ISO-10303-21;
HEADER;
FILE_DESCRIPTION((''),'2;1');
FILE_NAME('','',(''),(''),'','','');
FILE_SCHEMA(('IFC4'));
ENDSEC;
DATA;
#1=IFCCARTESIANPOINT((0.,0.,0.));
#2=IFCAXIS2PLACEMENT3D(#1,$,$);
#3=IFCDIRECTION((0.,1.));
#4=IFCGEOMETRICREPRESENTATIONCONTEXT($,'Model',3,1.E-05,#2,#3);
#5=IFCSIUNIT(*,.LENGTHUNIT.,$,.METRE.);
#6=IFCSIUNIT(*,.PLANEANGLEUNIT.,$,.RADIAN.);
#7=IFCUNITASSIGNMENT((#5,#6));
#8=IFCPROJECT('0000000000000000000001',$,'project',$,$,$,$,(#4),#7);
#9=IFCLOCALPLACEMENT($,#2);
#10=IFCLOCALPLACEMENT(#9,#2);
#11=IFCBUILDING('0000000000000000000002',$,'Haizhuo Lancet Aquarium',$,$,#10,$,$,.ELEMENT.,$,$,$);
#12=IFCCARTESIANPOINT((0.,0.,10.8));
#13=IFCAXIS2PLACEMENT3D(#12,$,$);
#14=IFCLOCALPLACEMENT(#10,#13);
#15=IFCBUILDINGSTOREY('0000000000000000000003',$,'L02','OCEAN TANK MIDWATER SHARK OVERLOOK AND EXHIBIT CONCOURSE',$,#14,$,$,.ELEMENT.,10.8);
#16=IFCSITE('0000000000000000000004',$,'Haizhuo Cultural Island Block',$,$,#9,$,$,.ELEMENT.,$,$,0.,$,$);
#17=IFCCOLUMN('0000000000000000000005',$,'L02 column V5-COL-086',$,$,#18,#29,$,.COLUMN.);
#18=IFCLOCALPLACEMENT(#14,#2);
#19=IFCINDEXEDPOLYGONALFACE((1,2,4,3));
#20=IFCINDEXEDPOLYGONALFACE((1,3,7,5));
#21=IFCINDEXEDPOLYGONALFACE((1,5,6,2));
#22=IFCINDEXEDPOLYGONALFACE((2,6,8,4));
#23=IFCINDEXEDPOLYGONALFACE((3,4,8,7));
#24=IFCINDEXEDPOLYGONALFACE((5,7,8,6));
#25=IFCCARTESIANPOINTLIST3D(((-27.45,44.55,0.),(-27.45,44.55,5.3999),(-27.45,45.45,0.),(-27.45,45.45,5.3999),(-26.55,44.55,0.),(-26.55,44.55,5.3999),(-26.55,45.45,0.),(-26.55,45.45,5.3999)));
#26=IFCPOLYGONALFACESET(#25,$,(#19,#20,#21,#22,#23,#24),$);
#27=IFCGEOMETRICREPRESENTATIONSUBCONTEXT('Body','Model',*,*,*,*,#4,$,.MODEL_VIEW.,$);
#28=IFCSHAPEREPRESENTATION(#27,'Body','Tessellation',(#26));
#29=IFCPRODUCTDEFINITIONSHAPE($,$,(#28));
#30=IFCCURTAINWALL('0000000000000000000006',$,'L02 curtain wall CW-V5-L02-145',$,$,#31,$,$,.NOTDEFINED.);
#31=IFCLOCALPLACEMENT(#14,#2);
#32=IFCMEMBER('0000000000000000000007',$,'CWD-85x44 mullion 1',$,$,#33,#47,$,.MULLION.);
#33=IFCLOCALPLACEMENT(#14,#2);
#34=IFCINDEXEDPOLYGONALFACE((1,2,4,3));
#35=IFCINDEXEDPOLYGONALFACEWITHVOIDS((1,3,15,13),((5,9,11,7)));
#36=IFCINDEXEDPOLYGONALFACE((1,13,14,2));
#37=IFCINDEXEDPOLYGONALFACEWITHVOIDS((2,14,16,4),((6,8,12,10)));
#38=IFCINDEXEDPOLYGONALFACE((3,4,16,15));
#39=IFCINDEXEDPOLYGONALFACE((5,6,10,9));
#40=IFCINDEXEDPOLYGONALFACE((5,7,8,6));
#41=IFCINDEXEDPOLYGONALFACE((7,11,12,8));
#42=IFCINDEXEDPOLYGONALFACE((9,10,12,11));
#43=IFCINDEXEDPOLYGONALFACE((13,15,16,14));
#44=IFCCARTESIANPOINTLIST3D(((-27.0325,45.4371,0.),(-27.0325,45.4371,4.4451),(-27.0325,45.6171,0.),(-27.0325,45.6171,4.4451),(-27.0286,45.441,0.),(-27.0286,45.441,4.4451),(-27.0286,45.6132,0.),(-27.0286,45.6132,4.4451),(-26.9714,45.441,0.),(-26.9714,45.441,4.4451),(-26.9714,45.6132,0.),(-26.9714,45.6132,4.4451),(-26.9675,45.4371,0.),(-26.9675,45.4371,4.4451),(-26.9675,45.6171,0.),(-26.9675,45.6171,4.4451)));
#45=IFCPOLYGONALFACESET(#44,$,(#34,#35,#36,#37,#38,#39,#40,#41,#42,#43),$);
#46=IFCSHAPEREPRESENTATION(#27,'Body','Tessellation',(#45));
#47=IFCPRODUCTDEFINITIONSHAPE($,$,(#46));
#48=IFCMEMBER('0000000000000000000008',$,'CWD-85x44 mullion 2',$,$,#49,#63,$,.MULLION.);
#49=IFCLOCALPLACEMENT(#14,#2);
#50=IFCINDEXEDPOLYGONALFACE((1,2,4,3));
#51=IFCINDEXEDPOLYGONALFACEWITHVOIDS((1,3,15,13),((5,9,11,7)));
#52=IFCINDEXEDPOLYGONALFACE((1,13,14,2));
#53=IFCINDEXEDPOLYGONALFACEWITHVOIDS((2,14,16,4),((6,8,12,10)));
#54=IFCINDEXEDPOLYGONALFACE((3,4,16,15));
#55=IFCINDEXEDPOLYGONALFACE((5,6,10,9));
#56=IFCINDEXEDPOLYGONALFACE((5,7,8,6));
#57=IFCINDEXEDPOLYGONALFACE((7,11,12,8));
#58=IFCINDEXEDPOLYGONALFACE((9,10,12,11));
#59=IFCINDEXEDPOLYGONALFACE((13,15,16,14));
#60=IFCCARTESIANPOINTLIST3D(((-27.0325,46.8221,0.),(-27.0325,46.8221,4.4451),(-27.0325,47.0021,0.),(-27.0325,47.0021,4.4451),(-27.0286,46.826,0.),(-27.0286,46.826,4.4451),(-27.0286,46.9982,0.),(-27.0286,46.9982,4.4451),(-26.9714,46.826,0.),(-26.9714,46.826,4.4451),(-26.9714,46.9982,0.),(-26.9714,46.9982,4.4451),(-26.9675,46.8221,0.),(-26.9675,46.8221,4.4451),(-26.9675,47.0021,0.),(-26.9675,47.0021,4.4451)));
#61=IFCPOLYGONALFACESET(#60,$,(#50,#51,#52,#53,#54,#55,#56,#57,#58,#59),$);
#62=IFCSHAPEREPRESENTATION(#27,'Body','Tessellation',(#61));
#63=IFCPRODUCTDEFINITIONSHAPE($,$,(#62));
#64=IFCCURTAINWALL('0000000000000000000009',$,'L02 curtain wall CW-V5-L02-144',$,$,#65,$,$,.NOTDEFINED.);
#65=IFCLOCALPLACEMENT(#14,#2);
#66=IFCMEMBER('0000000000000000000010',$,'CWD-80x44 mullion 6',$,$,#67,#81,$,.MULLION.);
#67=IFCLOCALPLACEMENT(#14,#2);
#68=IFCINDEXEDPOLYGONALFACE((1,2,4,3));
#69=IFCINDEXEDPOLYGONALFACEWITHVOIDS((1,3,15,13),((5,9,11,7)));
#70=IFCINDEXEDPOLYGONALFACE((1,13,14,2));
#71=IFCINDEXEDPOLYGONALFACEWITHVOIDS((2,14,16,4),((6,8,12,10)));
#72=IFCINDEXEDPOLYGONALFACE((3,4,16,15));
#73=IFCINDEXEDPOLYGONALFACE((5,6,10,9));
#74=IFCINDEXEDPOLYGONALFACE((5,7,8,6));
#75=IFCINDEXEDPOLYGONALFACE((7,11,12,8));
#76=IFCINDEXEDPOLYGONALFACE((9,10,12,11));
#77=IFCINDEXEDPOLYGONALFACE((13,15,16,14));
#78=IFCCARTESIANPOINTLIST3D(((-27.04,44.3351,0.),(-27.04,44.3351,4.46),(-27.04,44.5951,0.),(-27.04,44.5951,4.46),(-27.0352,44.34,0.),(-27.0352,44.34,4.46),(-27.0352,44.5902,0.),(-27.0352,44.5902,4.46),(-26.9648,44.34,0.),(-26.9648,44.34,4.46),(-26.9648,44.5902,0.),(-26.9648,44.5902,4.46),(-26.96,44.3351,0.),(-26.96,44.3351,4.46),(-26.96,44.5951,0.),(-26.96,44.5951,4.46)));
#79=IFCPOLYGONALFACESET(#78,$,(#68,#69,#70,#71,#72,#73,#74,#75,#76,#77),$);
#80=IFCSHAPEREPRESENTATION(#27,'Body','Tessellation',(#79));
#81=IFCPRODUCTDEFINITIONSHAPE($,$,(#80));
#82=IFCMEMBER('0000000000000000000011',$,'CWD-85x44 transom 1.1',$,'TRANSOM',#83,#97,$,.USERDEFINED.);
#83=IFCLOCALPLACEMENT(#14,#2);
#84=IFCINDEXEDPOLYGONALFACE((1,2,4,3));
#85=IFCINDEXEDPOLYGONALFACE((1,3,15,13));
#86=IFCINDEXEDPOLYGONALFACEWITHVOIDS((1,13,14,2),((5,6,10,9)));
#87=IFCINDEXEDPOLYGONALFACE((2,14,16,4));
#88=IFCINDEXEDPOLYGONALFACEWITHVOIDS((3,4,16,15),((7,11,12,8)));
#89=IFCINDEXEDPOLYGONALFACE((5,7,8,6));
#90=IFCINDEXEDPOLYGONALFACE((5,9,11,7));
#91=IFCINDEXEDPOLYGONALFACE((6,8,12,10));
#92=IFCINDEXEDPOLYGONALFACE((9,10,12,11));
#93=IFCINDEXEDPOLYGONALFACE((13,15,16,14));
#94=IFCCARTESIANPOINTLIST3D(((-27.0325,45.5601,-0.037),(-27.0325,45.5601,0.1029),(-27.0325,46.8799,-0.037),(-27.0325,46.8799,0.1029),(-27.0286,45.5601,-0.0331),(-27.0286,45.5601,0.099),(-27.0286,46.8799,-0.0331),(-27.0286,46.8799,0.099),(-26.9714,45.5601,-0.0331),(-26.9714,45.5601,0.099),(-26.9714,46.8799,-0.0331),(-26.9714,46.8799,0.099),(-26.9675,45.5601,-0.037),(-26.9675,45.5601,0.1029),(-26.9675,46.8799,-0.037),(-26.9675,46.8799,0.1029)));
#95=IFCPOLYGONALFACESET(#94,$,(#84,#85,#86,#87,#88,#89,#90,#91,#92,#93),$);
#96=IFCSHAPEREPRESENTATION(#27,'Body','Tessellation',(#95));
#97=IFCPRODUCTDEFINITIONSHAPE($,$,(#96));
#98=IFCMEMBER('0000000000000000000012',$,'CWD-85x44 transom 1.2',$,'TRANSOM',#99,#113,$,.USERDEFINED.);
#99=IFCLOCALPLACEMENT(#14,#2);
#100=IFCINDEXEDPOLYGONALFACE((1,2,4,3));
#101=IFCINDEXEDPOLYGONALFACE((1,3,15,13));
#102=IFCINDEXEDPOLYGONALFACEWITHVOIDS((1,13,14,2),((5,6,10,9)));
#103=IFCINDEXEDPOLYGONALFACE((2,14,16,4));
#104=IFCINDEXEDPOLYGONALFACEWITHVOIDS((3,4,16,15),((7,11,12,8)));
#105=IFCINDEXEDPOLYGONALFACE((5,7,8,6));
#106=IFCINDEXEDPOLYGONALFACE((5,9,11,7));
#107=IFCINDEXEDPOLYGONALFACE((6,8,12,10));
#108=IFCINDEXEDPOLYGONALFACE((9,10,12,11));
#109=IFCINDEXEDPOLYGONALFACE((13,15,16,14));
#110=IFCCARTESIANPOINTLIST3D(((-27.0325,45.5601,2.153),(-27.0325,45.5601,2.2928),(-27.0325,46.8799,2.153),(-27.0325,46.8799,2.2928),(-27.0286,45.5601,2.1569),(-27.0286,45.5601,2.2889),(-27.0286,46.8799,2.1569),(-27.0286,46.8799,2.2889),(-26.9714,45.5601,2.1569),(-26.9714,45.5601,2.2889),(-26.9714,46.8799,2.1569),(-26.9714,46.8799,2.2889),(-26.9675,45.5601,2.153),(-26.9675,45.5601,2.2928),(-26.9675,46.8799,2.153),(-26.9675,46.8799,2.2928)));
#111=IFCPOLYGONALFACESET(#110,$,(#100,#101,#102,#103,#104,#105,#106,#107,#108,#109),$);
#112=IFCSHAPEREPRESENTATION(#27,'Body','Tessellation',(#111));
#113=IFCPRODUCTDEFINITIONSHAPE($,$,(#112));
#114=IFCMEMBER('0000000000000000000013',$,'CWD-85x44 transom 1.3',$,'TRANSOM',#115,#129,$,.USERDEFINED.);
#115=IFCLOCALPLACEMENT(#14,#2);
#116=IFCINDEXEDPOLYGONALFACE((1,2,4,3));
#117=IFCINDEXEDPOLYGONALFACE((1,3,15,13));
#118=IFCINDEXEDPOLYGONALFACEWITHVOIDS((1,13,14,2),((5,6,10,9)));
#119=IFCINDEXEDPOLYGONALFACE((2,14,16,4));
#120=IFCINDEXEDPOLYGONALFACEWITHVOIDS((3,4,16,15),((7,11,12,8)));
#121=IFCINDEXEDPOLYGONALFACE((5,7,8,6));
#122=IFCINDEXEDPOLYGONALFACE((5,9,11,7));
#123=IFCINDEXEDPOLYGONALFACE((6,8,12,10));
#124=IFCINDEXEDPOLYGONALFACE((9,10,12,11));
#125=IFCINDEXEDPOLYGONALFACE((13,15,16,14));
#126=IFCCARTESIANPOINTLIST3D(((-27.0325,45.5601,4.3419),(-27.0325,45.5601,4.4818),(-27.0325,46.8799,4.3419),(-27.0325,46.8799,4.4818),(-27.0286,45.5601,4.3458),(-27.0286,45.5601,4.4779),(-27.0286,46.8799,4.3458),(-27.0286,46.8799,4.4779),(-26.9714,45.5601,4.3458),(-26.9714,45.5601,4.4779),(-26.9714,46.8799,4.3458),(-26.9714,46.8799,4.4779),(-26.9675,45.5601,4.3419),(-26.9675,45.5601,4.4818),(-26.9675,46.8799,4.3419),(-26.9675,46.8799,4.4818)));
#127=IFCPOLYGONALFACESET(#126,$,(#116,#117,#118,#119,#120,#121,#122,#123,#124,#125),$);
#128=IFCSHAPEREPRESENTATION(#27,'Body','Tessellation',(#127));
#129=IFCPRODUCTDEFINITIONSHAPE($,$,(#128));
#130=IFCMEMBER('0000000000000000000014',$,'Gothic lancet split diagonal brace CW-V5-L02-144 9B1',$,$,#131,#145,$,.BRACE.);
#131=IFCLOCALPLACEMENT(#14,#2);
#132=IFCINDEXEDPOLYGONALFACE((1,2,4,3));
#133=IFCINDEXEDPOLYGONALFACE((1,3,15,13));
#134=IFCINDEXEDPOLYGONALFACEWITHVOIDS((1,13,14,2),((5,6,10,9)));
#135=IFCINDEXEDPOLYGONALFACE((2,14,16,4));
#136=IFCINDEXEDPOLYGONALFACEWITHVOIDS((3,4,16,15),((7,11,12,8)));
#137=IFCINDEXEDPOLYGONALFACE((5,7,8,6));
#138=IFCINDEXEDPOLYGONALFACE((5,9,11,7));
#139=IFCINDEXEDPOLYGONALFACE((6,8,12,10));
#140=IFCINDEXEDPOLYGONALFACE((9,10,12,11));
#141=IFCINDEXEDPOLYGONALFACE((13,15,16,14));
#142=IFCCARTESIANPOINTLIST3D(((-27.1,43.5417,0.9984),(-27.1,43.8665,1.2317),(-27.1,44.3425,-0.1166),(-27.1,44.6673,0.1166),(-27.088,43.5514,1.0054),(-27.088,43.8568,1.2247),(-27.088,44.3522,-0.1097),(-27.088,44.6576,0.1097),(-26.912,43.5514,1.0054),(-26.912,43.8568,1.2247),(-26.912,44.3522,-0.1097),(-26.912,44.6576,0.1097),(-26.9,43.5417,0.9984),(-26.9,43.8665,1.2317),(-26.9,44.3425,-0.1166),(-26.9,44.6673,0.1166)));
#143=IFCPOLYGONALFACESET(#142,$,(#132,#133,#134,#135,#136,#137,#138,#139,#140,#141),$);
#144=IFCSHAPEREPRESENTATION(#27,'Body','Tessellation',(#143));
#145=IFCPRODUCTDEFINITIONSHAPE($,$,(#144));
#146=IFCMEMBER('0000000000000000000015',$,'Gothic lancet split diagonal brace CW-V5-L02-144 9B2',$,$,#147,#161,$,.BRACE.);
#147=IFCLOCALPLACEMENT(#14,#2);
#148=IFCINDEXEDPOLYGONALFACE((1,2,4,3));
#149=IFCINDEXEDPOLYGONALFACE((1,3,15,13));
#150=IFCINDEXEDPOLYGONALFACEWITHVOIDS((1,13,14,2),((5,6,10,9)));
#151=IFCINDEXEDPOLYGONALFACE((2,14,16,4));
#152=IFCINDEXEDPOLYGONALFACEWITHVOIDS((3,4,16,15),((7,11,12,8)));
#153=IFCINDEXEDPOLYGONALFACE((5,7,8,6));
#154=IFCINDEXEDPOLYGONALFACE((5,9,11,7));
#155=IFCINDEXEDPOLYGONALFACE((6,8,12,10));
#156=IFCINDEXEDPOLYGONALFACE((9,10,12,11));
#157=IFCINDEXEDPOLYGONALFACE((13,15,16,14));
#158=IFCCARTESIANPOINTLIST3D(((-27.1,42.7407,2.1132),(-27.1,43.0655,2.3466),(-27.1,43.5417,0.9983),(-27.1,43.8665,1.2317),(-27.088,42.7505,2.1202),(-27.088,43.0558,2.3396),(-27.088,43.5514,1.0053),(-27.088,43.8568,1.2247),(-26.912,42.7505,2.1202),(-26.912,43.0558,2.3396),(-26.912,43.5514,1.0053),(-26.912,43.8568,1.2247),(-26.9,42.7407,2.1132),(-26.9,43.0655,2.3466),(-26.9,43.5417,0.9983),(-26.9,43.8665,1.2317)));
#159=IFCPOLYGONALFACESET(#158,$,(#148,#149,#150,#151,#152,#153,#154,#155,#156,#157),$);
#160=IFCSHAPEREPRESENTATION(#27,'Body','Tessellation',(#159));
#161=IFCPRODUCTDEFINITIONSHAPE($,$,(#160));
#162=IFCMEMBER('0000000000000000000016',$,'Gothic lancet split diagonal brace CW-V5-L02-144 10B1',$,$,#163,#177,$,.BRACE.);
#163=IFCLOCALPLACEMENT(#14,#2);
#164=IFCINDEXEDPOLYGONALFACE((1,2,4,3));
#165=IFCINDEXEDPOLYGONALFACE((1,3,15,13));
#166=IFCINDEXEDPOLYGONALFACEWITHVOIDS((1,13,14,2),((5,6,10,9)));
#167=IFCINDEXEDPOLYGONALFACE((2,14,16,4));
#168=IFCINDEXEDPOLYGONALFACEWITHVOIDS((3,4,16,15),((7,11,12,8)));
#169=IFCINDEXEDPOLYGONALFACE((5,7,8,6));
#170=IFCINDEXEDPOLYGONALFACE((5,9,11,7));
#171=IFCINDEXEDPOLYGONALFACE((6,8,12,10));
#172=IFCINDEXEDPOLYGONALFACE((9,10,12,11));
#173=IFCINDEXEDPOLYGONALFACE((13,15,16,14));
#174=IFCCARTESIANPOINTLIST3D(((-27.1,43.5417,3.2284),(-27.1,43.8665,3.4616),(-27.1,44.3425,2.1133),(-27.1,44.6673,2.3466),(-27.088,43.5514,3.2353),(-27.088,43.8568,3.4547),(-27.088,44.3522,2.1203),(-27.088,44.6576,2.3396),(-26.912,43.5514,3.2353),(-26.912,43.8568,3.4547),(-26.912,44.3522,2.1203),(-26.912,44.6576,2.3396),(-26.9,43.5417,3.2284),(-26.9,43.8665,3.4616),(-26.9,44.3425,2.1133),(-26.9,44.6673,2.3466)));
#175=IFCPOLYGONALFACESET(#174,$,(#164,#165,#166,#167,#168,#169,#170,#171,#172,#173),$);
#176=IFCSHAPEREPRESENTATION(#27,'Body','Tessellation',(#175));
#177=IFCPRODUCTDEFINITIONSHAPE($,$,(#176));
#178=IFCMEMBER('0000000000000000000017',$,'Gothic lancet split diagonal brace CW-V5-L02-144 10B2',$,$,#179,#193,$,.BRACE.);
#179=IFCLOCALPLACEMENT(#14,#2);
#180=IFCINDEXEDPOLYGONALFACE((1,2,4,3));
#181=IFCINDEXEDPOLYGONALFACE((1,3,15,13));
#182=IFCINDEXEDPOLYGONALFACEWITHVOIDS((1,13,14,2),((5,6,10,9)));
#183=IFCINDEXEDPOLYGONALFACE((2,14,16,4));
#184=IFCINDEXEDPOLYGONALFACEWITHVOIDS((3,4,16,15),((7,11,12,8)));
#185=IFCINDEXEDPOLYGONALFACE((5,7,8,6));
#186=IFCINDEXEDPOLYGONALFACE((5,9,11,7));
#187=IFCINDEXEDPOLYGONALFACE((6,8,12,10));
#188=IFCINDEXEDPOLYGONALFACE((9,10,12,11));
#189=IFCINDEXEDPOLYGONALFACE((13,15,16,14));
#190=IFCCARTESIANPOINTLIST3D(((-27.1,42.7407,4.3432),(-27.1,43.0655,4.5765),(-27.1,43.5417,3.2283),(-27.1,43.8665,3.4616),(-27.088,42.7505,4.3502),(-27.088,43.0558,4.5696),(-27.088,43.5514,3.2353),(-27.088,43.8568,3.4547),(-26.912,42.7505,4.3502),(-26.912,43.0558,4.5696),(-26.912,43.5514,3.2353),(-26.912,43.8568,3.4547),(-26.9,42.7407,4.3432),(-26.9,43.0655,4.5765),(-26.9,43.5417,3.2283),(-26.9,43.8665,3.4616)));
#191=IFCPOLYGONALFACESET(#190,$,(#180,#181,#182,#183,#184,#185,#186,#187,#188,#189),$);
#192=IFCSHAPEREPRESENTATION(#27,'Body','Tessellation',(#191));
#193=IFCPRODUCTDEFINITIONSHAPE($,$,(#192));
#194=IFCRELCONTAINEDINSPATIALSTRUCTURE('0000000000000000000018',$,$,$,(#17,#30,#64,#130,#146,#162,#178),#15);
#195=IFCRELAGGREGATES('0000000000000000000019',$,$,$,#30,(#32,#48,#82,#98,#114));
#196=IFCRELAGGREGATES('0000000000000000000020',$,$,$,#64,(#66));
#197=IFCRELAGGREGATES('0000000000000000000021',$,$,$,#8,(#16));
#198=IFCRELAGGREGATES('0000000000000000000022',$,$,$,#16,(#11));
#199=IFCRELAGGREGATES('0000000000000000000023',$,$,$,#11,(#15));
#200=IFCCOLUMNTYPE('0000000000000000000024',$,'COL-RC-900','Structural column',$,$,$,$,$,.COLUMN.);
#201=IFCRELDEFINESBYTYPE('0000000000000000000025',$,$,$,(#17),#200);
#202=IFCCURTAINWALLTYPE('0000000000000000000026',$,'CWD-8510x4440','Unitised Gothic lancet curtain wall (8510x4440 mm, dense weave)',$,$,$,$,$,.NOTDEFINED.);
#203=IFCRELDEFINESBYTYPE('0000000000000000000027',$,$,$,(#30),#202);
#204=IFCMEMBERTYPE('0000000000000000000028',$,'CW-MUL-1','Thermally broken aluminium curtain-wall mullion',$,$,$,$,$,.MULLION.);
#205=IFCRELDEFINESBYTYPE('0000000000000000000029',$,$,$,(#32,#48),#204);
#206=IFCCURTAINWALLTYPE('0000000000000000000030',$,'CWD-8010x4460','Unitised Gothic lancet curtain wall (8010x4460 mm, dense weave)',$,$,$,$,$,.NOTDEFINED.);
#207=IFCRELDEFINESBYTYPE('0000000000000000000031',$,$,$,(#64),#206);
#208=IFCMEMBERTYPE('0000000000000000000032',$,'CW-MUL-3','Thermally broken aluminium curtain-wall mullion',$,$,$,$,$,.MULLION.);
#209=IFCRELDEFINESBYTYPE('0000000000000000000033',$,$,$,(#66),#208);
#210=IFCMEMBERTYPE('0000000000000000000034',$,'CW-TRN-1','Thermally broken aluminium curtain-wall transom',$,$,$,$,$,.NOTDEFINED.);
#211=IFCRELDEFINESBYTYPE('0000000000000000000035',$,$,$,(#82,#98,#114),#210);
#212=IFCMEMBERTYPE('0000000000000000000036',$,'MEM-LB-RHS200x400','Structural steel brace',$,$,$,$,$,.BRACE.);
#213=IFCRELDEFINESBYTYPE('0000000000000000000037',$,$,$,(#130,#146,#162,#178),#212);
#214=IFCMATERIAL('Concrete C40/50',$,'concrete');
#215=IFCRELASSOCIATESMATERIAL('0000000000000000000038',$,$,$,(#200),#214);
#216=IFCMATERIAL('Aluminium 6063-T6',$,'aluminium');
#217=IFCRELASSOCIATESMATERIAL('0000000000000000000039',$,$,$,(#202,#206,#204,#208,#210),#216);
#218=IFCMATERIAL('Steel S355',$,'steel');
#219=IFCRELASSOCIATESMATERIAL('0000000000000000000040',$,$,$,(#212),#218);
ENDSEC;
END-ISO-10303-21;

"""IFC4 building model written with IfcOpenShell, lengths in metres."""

from ifc_helpers import new_model, si_unit, direction, frame, origin, origin_2d, place, context, subcontext, project, spatial, rectangle, hollow_rectangle, extrude, material, material_profile, profile_set, type_object, element, aggregate, save


model = new_model("IFC4")

# Units and contexts
model_context = context("Model", 3, precision=1e-05, world=origin(), true_north=direction((0.0, 1.0)))
body_context = subcontext(model_context, "Body", "Model", "MODEL_VIEW")
ifc_project = project(units=[si_unit("LENGTHUNIT", "METRE"), si_unit("PLANEANGLEUNIT", "RADIAN")], contexts=[model_context])

# Site, building, storey
site_placement = place(None, origin())
site = spatial("IfcSite", under=ifc_project, at=site_placement, Name="Haizhuo Cultural Island Block", CompositionType="ELEMENT", RefElevation=0.0)
building_placement = place(site_placement, origin())
building = spatial("IfcBuilding", under=site, at=building_placement, Name="Haizhuo Lancet Aquarium", CompositionType="ELEMENT")
storey_placement = place(building_placement, frame((0.0, 0.0, 10.8)))
storey = spatial("IfcBuildingStorey", under=building, at=storey_placement, Name="L02", Description="OCEAN TANK MIDWATER SHARK OVERLOOK AND EXHIBIT CONCOURSE", CompositionType="ELEMENT", Elevation=10.8)

# Column
ifc_material_1 = material(Name="Concrete C40/50", Category="concrete")
ifc_material_profile_1 = material_profile(ifc_material_1, rectangle(XDim=0.8999, YDim=0.8999, at=origin_2d()), Name="RC-COL 900x900")
ifc_profile_set_1 = profile_set([ifc_material_profile_1], Name="Concrete C40/50")
column_type = type_object("IfcColumnType", Name="COL-RC-900", Description="Structural column", PredefinedType="COLUMN", material=ifc_profile_set_1)
column_placement = place(storey_placement, frame((-27.0, 45.0, 0.0), z_axis=(0.0, 0.0, 1.0), x_axis=(1.0, 0.0, 0.0)))
element("IfcColumn", 1, at=column_placement, inside=storey, type_object=column_type, Name="L02 column V5-COL-086", PredefinedType="COLUMN", context=body_context, shape_type="SweptSolid", body=[
    extrude(rectangle(XDim=0.8999, YDim=0.8999, at=origin_2d()), origin(), (0.0, 0.0, 1.0), 5.3999),
])

# Curtain wall, members
ifc_material_2 = material(Name="Aluminium 6063-T6", Category="aluminium")
curtain_wall_type_1 = type_object("IfcCurtainWallType", Name="CWD-8510x4440", Description="Unitised Gothic lancet curtain wall (8510x4440 mm, dense weave)", PredefinedType="NOTDEFINED", material=ifc_material_2)
curtain_wall_1_placement = place(storey_placement, origin())
curtain_wall_1 = element("IfcCurtainWall", 2, at=curtain_wall_1_placement, inside=storey, type_object=curtain_wall_type_1, Name="L02 curtain wall CW-V5-L02-145", PredefinedType="NOTDEFINED")
ifc_material_profile_2 = material_profile(ifc_material_2, hollow_rectangle(XDim=0.0649, YDim=0.1799, WallThickness=0.0039, at=origin_2d()), Name="ALU-M 65x180x4")
ifc_profile_set_2 = profile_set([ifc_material_profile_2], Name="Aluminium 6063-T6")
member_type_1 = type_object("IfcMemberType", Name="CW-MUL-1", Description="Thermally broken aluminium curtain-wall mullion", PredefinedType="MULLION", material=ifc_profile_set_2)
member_1_placement = place(storey_placement, frame((-27.0, 45.5271, 0.0), z_axis=(0.0, 0.0, 1.0), x_axis=(-1.0, 0.0, 0.0)))
member_1 = element("IfcMember", 3, at=member_1_placement, type_object=member_type_1, Name="CWD-85x44 mullion 1", PredefinedType="MULLION", context=body_context, shape_type="SweptSolid", body=[
    extrude(hollow_rectangle(XDim=0.0649, YDim=0.1799, WallThickness=0.0039, at=origin_2d()), origin(), (0.0, 0.0, 1.0), 4.4451),
])
member_2_placement = place(storey_placement, frame((-27.0, 46.9121, 0.0), z_axis=(0.0, 0.0, 1.0), x_axis=(-1.0, 0.0, 0.0)))
member_2 = element("IfcMember", 4, at=member_2_placement, type_object=member_type_1, Name="CWD-85x44 mullion 2", PredefinedType="MULLION", context=body_context, shape_type="SweptSolid", body=[
    extrude(hollow_rectangle(XDim=0.0649, YDim=0.1799, WallThickness=0.0039, at=origin_2d()), origin(), (0.0, 0.0, 1.0), 4.4451),
])

# Curtain wall, member
curtain_wall_type_2 = type_object("IfcCurtainWallType", Name="CWD-8010x4460", Description="Unitised Gothic lancet curtain wall (8010x4460 mm, dense weave)", PredefinedType="NOTDEFINED", material=ifc_material_2)
curtain_wall_2_placement = place(storey_placement, origin())
curtain_wall_2 = element("IfcCurtainWall", 5, at=curtain_wall_2_placement, inside=storey, type_object=curtain_wall_type_2, Name="L02 curtain wall CW-V5-L02-144", PredefinedType="NOTDEFINED")
ifc_material_profile_3 = material_profile(ifc_material_2, hollow_rectangle(XDim=0.0801, YDim=0.26, WallThickness=0.0049, at=origin_2d()), Name="ALU-M 80x260x5")
ifc_profile_set_3 = profile_set([ifc_material_profile_3], Name="Aluminium 6063-T6")
member_type_2 = type_object("IfcMemberType", Name="CW-MUL-3", Description="Thermally broken aluminium curtain-wall mullion", PredefinedType="MULLION", material=ifc_profile_set_3)
member_3_placement = place(storey_placement, frame((-27.0, 44.4651, 0.0), z_axis=(0.0, 0.0, 1.0), x_axis=(-1.0, 0.0, 0.0)))
member_3 = element("IfcMember", 6, at=member_3_placement, type_object=member_type_2, Name="CWD-80x44 mullion 6", PredefinedType="MULLION", context=body_context, shape_type="SweptSolid", body=[
    extrude(hollow_rectangle(XDim=0.0801, YDim=0.26, WallThickness=0.0049, at=origin_2d()), origin(), (0.0, 0.0, 1.0), 4.46),
])

# Members
ifc_material_profile_4 = material_profile(ifc_material_2, hollow_rectangle(XDim=0.0649, YDim=0.1399, WallThickness=0.0039, at=origin_2d()), Name="ALU-T 65x140x4")
ifc_profile_set_4 = profile_set([ifc_material_profile_4], Name="Aluminium 6063-T6")
member_type_3 = type_object("IfcMemberType", Name="CW-TRN-1", Description="Thermally broken aluminium curtain-wall transom", PredefinedType="NOTDEFINED", material=ifc_profile_set_4)
member_4_placement = place(storey_placement, frame((-27.0, 45.5601, 0.033), z_axis=(0.0, 1.0, 0.0), x_axis=(-1.0, 0.0, 0.0)))
member_4 = element("IfcMember", 7, at=member_4_placement, type_object=member_type_3, Name="CWD-85x44 transom 1.1", ObjectType="TRANSOM", PredefinedType="USERDEFINED", context=body_context, shape_type="SweptSolid", body=[
    extrude(hollow_rectangle(XDim=0.0649, YDim=0.1399, WallThickness=0.0039, at=origin_2d()), origin(), (0.0, 0.0, 1.0), 1.3198),
])
member_5_placement = place(storey_placement, frame((-27.0, 45.5601, 2.2229), z_axis=(0.0, 1.0, 0.0), x_axis=(-1.0, 0.0, 0.0)))
member_5 = element("IfcMember", 8, at=member_5_placement, type_object=member_type_3, Name="CWD-85x44 transom 1.2", ObjectType="TRANSOM", PredefinedType="USERDEFINED", context=body_context, shape_type="SweptSolid", body=[
    extrude(hollow_rectangle(XDim=0.0649, YDim=0.1399, WallThickness=0.0039, at=origin_2d()), origin(), (0.0, 0.0, 1.0), 1.3198),
])
member_6_placement = place(storey_placement, frame((-27.0, 45.5601, 4.4119), z_axis=(0.0, 1.0, 0.0), x_axis=(-1.0, 0.0, 0.0)))
member_6 = element("IfcMember", 9, at=member_6_placement, type_object=member_type_3, Name="CWD-85x44 transom 1.3", ObjectType="TRANSOM", PredefinedType="USERDEFINED", context=body_context, shape_type="SweptSolid", body=[
    extrude(hollow_rectangle(XDim=0.0649, YDim=0.1399, WallThickness=0.0039, at=origin_2d()), origin(), (0.0, 0.0, 1.0), 1.3198),
])

# Members
ifc_material_3 = material(Name="Steel S355", Category="steel")
ifc_material_profile_5 = material_profile(ifc_material_3, hollow_rectangle(XDim=0.2, YDim=0.3999, WallThickness=0.012, at=origin_2d()), Name="RHS 200x400x12")
ifc_profile_set_5 = profile_set([ifc_material_profile_5], Name="Steel S355")
member_type_4 = type_object("IfcMemberType", Name="MEM-LB-RHS200x400", Description="Structural steel brace", PredefinedType="BRACE", material=ifc_profile_set_5)
for number, where, z_axis, x_axis, name in (
    (10, (-27.0, 44.5049, 0.0), (0.0, -0.583339, 0.812229), (1.0, 0.0, 0.0), "Gothic lancet split diagonal brace CW-V5-L02-144 9B1"),
    (11, (-27.0, 43.7041, 1.115), (0.0, -0.583456, 0.812144), (1.0, 0.0, 0.0), "Gothic lancet split diagonal brace CW-V5-L02-144 9B2"),
    (12, (-27.0, 44.5049, 2.23), (0.0, -0.583339, 0.812229), (1.0, 0.0, 0.0), "Gothic lancet split diagonal brace CW-V5-L02-144 10B1"),
    (13, (-27.0, 43.7041, 3.345), (0.0, -0.583456, 0.812144), (1.0, 0.0, 0.0), "Gothic lancet split diagonal brace CW-V5-L02-144 10B2"),
):
    element("IfcMember", number, at=place(storey_placement, frame(where, z_axis=z_axis, x_axis=x_axis)), inside=storey, type_object=member_type_4, Name=name, PredefinedType="BRACE", context=body_context, shape_type="SweptSolid", body=[
        extrude(hollow_rectangle(XDim=0.2, YDim=0.3999, WallThickness=0.012, at=origin_2d()), origin(), (0.0, 0.0, 1.0), 1.3728),
    ])

aggregate(curtain_wall_1, [member_1, member_2, member_4, member_5, member_6])
aggregate(curtain_wall_2, [member_3])

save(model, "model.ifc")
